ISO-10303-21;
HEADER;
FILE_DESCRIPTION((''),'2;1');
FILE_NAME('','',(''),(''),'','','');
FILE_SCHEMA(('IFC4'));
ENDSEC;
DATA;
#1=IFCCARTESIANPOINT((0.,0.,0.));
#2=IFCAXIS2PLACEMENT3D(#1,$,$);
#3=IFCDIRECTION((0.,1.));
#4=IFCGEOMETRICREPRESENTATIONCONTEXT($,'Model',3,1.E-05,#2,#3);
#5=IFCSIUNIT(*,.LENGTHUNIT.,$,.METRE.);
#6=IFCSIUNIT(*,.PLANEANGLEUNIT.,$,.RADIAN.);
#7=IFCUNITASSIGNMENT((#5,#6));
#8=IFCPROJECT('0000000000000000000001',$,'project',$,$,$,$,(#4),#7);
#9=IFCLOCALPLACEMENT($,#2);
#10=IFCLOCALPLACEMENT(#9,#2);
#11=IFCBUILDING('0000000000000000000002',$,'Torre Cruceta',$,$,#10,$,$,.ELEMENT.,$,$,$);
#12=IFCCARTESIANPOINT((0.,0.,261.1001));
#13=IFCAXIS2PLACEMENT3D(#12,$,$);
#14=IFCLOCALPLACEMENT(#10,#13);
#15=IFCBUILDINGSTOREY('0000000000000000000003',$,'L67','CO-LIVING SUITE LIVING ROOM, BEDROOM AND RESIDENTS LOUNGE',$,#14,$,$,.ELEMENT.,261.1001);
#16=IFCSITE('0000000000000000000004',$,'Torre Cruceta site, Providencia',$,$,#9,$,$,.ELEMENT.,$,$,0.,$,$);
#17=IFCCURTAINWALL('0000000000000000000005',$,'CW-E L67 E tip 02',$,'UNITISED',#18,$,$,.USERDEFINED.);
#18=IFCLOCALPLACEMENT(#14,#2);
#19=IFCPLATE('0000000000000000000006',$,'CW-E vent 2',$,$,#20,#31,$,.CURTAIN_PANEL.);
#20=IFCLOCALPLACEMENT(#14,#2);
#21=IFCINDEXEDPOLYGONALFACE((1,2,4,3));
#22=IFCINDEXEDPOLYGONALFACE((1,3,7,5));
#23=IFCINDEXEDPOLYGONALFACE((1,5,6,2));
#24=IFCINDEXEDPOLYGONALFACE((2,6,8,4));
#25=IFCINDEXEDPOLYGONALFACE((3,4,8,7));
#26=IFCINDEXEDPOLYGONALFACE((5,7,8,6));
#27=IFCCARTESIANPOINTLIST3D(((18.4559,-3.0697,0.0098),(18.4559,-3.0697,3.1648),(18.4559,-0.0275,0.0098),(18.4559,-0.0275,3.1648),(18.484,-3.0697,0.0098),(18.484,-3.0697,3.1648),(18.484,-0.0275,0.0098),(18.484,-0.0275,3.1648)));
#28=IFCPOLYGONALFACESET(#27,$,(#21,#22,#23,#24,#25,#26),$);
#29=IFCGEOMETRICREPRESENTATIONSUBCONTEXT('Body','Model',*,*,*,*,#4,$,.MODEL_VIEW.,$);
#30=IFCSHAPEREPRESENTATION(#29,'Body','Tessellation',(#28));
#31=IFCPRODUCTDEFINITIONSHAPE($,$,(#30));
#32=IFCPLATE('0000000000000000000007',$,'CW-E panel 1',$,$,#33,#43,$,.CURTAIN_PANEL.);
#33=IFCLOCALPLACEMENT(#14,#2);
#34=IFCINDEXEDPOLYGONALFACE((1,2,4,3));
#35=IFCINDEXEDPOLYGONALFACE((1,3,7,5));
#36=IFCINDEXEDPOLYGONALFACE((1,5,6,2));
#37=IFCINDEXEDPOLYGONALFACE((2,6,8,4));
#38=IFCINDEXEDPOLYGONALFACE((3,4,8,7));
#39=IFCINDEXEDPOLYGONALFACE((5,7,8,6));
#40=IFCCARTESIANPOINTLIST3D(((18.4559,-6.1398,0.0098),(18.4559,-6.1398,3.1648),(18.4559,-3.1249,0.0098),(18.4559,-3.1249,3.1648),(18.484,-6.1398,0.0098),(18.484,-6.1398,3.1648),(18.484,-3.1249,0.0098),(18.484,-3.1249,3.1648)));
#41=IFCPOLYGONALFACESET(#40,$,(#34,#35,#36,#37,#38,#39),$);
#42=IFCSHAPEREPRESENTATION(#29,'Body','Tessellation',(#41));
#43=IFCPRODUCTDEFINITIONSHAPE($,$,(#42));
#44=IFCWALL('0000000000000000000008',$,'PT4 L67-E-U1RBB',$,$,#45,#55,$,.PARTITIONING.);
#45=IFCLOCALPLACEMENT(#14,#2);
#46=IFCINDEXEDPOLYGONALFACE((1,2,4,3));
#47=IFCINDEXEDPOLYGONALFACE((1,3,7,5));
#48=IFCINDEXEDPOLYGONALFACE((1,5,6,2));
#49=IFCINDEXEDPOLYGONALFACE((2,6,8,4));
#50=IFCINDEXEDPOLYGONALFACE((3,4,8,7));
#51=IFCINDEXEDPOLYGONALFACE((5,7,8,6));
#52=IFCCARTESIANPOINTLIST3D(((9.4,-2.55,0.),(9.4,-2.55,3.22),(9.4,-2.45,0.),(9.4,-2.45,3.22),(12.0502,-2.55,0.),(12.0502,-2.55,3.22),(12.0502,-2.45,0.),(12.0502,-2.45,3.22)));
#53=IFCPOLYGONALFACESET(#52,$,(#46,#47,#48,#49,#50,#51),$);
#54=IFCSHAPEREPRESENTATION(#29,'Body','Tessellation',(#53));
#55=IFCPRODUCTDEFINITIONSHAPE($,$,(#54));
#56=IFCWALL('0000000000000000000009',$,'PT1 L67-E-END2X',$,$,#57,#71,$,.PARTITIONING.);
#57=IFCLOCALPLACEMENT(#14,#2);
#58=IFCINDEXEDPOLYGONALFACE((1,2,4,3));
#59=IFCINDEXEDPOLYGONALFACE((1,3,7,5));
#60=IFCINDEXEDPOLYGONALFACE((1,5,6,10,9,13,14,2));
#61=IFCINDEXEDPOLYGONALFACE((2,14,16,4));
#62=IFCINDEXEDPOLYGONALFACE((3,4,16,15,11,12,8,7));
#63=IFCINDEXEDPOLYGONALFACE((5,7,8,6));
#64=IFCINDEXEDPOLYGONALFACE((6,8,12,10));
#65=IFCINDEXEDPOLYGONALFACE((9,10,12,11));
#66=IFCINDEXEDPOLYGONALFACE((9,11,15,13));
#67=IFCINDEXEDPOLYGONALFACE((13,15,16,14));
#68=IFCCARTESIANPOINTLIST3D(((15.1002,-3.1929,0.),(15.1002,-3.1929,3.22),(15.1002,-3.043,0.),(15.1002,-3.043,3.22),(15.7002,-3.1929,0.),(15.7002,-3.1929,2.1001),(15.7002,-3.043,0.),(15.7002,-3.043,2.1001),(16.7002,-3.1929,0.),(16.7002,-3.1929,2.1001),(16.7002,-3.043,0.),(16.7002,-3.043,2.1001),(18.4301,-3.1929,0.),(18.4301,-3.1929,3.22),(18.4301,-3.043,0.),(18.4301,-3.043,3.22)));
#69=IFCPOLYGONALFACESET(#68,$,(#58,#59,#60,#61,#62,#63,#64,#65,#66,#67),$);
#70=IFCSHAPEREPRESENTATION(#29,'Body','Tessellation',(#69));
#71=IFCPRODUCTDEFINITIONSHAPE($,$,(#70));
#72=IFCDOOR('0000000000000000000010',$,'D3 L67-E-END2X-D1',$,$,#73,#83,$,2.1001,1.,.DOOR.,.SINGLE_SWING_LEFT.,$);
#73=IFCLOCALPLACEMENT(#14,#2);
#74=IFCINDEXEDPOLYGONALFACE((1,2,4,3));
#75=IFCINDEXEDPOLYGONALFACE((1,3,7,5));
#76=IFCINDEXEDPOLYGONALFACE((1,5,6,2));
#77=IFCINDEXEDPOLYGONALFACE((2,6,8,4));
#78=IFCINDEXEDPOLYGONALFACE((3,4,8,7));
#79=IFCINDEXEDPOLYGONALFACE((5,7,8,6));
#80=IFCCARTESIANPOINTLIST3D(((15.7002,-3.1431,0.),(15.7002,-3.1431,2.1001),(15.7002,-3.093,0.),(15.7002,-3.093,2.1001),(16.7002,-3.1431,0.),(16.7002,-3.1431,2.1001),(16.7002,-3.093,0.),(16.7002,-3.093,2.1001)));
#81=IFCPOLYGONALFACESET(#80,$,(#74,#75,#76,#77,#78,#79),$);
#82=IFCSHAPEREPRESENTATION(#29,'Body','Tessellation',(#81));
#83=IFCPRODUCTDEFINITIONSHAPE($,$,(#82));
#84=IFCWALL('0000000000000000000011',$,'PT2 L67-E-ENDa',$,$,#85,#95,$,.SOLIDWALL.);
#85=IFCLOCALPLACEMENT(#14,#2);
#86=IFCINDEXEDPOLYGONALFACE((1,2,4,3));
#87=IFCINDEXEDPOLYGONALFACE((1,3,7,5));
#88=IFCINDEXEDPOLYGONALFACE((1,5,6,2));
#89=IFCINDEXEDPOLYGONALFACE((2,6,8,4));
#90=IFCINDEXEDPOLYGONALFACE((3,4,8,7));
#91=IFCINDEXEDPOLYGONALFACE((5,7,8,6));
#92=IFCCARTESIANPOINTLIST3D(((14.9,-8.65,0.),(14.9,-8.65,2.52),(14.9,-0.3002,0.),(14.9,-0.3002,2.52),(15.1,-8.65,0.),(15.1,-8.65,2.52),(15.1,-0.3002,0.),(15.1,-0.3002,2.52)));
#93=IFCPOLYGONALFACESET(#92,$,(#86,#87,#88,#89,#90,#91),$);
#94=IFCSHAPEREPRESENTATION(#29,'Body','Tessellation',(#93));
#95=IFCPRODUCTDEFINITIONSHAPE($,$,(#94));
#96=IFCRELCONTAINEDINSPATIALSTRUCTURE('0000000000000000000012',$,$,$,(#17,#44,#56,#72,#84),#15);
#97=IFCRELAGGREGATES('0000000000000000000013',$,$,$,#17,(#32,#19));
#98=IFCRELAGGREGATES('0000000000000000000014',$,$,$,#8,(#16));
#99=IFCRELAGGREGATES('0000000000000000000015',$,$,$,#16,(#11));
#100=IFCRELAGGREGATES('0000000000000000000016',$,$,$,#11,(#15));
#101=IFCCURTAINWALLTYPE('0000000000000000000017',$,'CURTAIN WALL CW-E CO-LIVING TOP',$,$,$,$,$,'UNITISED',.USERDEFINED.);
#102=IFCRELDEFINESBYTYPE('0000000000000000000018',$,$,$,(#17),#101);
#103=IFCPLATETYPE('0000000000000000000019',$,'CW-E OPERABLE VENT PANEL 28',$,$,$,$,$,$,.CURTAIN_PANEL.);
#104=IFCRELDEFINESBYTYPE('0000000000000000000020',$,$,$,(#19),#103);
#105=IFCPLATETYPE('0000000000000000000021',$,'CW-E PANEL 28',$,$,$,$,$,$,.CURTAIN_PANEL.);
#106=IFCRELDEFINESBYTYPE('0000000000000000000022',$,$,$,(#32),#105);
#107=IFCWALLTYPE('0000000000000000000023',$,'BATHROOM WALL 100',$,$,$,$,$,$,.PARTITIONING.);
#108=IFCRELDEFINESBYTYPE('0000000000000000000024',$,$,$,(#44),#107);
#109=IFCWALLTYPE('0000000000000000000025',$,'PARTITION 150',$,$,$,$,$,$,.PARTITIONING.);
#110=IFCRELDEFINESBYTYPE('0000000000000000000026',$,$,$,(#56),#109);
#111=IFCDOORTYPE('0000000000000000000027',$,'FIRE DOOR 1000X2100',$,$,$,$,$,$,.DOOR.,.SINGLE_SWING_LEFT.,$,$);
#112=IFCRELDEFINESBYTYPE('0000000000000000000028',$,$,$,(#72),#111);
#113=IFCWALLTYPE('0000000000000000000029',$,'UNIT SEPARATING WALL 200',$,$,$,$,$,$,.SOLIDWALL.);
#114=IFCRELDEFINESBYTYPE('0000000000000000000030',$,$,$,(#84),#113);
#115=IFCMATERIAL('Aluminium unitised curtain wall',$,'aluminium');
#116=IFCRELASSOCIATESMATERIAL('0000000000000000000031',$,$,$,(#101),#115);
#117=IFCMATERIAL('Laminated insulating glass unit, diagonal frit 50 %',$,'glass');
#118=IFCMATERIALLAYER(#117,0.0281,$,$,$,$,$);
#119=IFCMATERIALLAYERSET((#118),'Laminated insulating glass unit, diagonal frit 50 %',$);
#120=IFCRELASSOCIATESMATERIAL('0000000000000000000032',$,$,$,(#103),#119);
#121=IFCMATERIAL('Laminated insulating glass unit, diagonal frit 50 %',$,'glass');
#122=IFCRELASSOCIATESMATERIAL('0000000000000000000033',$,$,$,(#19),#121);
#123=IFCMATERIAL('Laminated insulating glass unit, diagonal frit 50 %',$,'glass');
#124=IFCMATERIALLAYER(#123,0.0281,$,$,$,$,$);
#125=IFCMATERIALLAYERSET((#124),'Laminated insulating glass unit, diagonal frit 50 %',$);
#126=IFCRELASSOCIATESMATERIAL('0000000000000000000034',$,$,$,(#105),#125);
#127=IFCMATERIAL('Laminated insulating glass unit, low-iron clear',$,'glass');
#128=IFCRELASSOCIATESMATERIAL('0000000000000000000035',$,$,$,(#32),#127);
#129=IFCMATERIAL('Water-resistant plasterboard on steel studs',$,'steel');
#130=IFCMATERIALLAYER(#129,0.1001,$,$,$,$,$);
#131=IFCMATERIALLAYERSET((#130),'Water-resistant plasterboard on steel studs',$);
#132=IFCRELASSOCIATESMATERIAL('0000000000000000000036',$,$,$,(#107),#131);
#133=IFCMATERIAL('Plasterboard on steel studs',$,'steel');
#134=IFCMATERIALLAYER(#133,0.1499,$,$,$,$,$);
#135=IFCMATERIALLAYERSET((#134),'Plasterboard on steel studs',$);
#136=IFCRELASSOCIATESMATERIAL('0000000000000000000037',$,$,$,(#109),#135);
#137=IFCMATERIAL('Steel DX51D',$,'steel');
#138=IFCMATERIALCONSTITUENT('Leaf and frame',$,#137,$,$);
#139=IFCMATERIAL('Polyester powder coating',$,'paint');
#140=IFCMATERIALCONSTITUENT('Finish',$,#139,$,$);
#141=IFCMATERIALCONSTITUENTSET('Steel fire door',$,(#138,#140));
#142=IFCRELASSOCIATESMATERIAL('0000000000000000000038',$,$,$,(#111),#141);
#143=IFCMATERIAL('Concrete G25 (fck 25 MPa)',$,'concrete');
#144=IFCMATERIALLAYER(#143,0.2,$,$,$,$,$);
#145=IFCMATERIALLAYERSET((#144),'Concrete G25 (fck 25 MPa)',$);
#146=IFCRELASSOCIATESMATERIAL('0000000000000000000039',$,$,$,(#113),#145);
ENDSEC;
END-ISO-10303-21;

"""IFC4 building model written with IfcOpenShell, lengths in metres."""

from ifc_helpers import new_model, si_unit, direction, frame, frame_2d, origin, origin_2d, place, context, subcontext, project, spatial, rectangle, extrude, material, layer, layer_set, constituent, constituent_set, type_object, element, fill, aggregate, save


model = new_model("IFC4")

# Units and contexts
model_context = context("Model", 3, precision=1e-05, world=origin(), true_north=direction((0.0, 1.0)))
body_context = subcontext(model_context, "Body", "Model", "MODEL_VIEW")
ifc_project = project(units=[si_unit("LENGTHUNIT", "METRE"), si_unit("PLANEANGLEUNIT", "RADIAN")], contexts=[model_context])

# Site, building, storey
site_placement = place(None, origin())
site = spatial("IfcSite", under=ifc_project, at=site_placement, Name="Torre Cruceta site, Providencia", CompositionType="ELEMENT", RefElevation=0.0)
building_placement = place(site_placement, origin())
building = spatial("IfcBuilding", under=site, at=building_placement, Name="Torre Cruceta", CompositionType="ELEMENT")
storey_placement = place(building_placement, frame((0.0, 0.0, 261.1001)))
storey = spatial("IfcBuildingStorey", under=building, at=storey_placement, Name="L67", Description="CO-LIVING SUITE LIVING ROOM, BEDROOM AND RESIDENTS LOUNGE", CompositionType="ELEMENT", Elevation=261.1001)

# Curtain wall
ifc_material_1 = material(Name="Aluminium unitised curtain wall", Category="aluminium")
curtain_wall_type = type_object("IfcCurtainWallType", Name="CURTAIN WALL CW-E CO-LIVING TOP", ElementType="UNITISED", PredefinedType="USERDEFINED", material=ifc_material_1)
curtain_wall_placement = place(storey_placement, origin())
curtain_wall = element("IfcCurtainWall", 1, at=curtain_wall_placement, inside=storey, type_object=curtain_wall_type, Name="CW-E L67 E tip 02", ObjectType="UNITISED", PredefinedType="USERDEFINED")

# Plates
ifc_material_2 = material(Name="Laminated insulating glass unit, diagonal frit 50 %", Category="glass")
ifc_material_3 = material(Name="Laminated insulating glass unit, diagonal frit 50 %", Category="glass")
ifc_layer_1 = layer(ifc_material_3, 0.0281)
ifc_layer_set_1 = layer_set([ifc_layer_1], Name="Laminated insulating glass unit, diagonal frit 50 %")
plate_type_1 = type_object("IfcPlateType", Name="CW-E OPERABLE VENT PANEL 28", PredefinedType="CURTAIN_PANEL", material=ifc_layer_set_1)
plate_1_placement = place(storey_placement, frame((18.47, -1.5486, 0.0098), z_axis=(0.0, 0.0, 1.0), x_axis=(0.0, 1.0, 0.0)))
plate_1 = element("IfcPlate", 2, at=plate_1_placement, type_object=plate_type_1, material=ifc_material_2, Name="CW-E vent 2", PredefinedType="CURTAIN_PANEL", context=body_context, shape_type="SweptSolid", body=[
    extrude(rectangle(XDim=3.0422, YDim=0.0281, at=origin_2d()), origin(), (0.0, 0.0, 1.0), 3.155),
])
ifc_material_4 = material(Name="Laminated insulating glass unit, low-iron clear", Category="glass")
ifc_material_5 = material(Name="Laminated insulating glass unit, diagonal frit 50 %", Category="glass")
ifc_layer_2 = layer(ifc_material_5, 0.0281)
ifc_layer_set_2 = layer_set([ifc_layer_2], Name="Laminated insulating glass unit, diagonal frit 50 %")
plate_type_2 = type_object("IfcPlateType", Name="CW-E PANEL 28", PredefinedType="CURTAIN_PANEL", material=ifc_layer_set_2)
plate_2_placement = place(storey_placement, frame((18.47, -4.6323, 0.0098), z_axis=(0.0, 0.0, 1.0), x_axis=(0.0, 1.0, 0.0)))
plate_2 = element("IfcPlate", 3, at=plate_2_placement, type_object=plate_type_2, material=ifc_material_4, Name="CW-E panel 1", PredefinedType="CURTAIN_PANEL", context=body_context, shape_type="SweptSolid", body=[
    extrude(rectangle(XDim=3.0149, YDim=0.0281, at=origin_2d()), origin(), (0.0, 0.0, 1.0), 3.155),
])
aggregate(curtain_wall, [plate_2, plate_1])

# Wall
ifc_material_6 = material(Name="Water-resistant plasterboard on steel studs", Category="steel")
ifc_layer_3 = layer(ifc_material_6, 0.1001)
ifc_layer_set_3 = layer_set([ifc_layer_3], Name="Water-resistant plasterboard on steel studs")
wall_type_1 = type_object("IfcWallType", Name="BATHROOM WALL 100", PredefinedType="PARTITIONING", material=ifc_layer_set_3)
wall_1_placement = place(storey_placement, frame((9.3999, -2.5, 0.0), z_axis=(0.0, 0.0, 1.0), x_axis=(1.0, 0.0, 0.0)))
element("IfcWall", 4, at=wall_1_placement, inside=storey, type_object=wall_type_1, Name="PT4 L67-E-U1RBB", PredefinedType="PARTITIONING", context=body_context, shape_type="SweptSolid", body=[
    extrude(rectangle(XDim=2.6501, YDim=0.1001, at=frame_2d((1.3252, 0.0))), origin(), (0.0, 0.0, 1.0), 3.22),
])

# Wall, opening, door
ifc_material_7 = material(Name="Plasterboard on steel studs", Category="steel")
ifc_layer_4 = layer(ifc_material_7, 0.1499)
ifc_layer_set_4 = layer_set([ifc_layer_4], Name="Plasterboard on steel studs")
wall_type_2 = type_object("IfcWallType", Name="PARTITION 150", PredefinedType="PARTITIONING", material=ifc_layer_set_4)
wall_2_placement = place(storey_placement, frame((15.1001, -3.1179, 0.0), z_axis=(0.0, 0.0, 1.0), x_axis=(1.0, 0.0, 0.0)))
wall_2 = element("IfcWall", 5, at=wall_2_placement, inside=storey, type_object=wall_type_2, Name="PT1 L67-E-END2X", PredefinedType="PARTITIONING", context=body_context, shape_type="SweptSolid", body=[
    extrude(rectangle(XDim=3.3298, YDim=0.1499, at=frame_2d((1.665, 0.0))), origin(), (0.0, 0.0, 1.0), 3.22),
])
opening_placement = place(wall_2_placement, frame((0.6001, 0.0, 0.0)))
opening = element("IfcOpeningElement", 6, at=opening_placement, cuts=wall_2, PredefinedType="OPENING", context=body_context, shape_type="SweptSolid", body=[
    extrude(rectangle(XDim=1.0, YDim=2.1001, at=frame_2d((0.5, 1.05))), frame((0.0, 0.085, 0.0), z_axis=(0.0, -1.0, 0.0), x_axis=(1.0, 0.0, 0.0)), (0.0, 0.0, 1.0), 0.1699),
])
ifc_material_8 = material(Name="Steel DX51D", Category="steel")
ifc_constituent_1 = constituent(ifc_material_8, Name="Leaf and frame")
ifc_material_9 = material(Name="Polyester powder coating", Category="paint")
ifc_constituent_2 = constituent(ifc_material_9, Name="Finish")
ifc_constituent_set = constituent_set(constituents=[ifc_constituent_1, ifc_constituent_2], Name="Steel fire door")
door_type = type_object("IfcDoorType", Name="FIRE DOOR 1000X2100", OperationType="SINGLE_SWING_LEFT", PredefinedType="DOOR", material=ifc_constituent_set)
door_placement = place(opening_placement, origin())
door = element("IfcDoor", 7, at=door_placement, inside=storey, type_object=door_type, Name="D3 L67-E-END2X-D1", OperationType="SINGLE_SWING_LEFT", OverallHeight=2.1001, OverallWidth=1.0, PredefinedType="DOOR", context=body_context, shape_type="SweptSolid", body=[
    extrude(rectangle(XDim=1.0, YDim=2.1001, at=frame_2d((0.5, 1.05))), frame((0.0, 0.0249, 0.0), z_axis=(0.0, -1.0, 0.0), x_axis=(1.0, 0.0, 0.0)), (0.0, 0.0, 1.0), 0.05),
])
fill(opening, door)

# Wall
ifc_material_10 = material(Name="Concrete G25 (fck 25 MPa)", Category="concrete")
ifc_layer_5 = layer(ifc_material_10, 0.2)
ifc_layer_set_5 = layer_set([ifc_layer_5], Name="Concrete G25 (fck 25 MPa)")
wall_type_3 = type_object("IfcWallType", Name="UNIT SEPARATING WALL 200", PredefinedType="SOLIDWALL", material=ifc_layer_set_5)
wall_3_placement = place(storey_placement, frame((15.0, -8.6499, 0.0), z_axis=(0.0, 0.0, 1.0), x_axis=(0.0, 1.0, 0.0)))
element("IfcWall", 8, at=wall_3_placement, inside=storey, type_object=wall_type_3, Name="PT2 L67-E-ENDa", PredefinedType="SOLIDWALL", context=body_context, shape_type="SweptSolid", body=[
    extrude(rectangle(XDim=8.3499, YDim=0.2, at=frame_2d((4.1748, 0.0))), origin(), (0.0, 0.0, 1.0), 2.52),
])

save(model, "model.ifc")
